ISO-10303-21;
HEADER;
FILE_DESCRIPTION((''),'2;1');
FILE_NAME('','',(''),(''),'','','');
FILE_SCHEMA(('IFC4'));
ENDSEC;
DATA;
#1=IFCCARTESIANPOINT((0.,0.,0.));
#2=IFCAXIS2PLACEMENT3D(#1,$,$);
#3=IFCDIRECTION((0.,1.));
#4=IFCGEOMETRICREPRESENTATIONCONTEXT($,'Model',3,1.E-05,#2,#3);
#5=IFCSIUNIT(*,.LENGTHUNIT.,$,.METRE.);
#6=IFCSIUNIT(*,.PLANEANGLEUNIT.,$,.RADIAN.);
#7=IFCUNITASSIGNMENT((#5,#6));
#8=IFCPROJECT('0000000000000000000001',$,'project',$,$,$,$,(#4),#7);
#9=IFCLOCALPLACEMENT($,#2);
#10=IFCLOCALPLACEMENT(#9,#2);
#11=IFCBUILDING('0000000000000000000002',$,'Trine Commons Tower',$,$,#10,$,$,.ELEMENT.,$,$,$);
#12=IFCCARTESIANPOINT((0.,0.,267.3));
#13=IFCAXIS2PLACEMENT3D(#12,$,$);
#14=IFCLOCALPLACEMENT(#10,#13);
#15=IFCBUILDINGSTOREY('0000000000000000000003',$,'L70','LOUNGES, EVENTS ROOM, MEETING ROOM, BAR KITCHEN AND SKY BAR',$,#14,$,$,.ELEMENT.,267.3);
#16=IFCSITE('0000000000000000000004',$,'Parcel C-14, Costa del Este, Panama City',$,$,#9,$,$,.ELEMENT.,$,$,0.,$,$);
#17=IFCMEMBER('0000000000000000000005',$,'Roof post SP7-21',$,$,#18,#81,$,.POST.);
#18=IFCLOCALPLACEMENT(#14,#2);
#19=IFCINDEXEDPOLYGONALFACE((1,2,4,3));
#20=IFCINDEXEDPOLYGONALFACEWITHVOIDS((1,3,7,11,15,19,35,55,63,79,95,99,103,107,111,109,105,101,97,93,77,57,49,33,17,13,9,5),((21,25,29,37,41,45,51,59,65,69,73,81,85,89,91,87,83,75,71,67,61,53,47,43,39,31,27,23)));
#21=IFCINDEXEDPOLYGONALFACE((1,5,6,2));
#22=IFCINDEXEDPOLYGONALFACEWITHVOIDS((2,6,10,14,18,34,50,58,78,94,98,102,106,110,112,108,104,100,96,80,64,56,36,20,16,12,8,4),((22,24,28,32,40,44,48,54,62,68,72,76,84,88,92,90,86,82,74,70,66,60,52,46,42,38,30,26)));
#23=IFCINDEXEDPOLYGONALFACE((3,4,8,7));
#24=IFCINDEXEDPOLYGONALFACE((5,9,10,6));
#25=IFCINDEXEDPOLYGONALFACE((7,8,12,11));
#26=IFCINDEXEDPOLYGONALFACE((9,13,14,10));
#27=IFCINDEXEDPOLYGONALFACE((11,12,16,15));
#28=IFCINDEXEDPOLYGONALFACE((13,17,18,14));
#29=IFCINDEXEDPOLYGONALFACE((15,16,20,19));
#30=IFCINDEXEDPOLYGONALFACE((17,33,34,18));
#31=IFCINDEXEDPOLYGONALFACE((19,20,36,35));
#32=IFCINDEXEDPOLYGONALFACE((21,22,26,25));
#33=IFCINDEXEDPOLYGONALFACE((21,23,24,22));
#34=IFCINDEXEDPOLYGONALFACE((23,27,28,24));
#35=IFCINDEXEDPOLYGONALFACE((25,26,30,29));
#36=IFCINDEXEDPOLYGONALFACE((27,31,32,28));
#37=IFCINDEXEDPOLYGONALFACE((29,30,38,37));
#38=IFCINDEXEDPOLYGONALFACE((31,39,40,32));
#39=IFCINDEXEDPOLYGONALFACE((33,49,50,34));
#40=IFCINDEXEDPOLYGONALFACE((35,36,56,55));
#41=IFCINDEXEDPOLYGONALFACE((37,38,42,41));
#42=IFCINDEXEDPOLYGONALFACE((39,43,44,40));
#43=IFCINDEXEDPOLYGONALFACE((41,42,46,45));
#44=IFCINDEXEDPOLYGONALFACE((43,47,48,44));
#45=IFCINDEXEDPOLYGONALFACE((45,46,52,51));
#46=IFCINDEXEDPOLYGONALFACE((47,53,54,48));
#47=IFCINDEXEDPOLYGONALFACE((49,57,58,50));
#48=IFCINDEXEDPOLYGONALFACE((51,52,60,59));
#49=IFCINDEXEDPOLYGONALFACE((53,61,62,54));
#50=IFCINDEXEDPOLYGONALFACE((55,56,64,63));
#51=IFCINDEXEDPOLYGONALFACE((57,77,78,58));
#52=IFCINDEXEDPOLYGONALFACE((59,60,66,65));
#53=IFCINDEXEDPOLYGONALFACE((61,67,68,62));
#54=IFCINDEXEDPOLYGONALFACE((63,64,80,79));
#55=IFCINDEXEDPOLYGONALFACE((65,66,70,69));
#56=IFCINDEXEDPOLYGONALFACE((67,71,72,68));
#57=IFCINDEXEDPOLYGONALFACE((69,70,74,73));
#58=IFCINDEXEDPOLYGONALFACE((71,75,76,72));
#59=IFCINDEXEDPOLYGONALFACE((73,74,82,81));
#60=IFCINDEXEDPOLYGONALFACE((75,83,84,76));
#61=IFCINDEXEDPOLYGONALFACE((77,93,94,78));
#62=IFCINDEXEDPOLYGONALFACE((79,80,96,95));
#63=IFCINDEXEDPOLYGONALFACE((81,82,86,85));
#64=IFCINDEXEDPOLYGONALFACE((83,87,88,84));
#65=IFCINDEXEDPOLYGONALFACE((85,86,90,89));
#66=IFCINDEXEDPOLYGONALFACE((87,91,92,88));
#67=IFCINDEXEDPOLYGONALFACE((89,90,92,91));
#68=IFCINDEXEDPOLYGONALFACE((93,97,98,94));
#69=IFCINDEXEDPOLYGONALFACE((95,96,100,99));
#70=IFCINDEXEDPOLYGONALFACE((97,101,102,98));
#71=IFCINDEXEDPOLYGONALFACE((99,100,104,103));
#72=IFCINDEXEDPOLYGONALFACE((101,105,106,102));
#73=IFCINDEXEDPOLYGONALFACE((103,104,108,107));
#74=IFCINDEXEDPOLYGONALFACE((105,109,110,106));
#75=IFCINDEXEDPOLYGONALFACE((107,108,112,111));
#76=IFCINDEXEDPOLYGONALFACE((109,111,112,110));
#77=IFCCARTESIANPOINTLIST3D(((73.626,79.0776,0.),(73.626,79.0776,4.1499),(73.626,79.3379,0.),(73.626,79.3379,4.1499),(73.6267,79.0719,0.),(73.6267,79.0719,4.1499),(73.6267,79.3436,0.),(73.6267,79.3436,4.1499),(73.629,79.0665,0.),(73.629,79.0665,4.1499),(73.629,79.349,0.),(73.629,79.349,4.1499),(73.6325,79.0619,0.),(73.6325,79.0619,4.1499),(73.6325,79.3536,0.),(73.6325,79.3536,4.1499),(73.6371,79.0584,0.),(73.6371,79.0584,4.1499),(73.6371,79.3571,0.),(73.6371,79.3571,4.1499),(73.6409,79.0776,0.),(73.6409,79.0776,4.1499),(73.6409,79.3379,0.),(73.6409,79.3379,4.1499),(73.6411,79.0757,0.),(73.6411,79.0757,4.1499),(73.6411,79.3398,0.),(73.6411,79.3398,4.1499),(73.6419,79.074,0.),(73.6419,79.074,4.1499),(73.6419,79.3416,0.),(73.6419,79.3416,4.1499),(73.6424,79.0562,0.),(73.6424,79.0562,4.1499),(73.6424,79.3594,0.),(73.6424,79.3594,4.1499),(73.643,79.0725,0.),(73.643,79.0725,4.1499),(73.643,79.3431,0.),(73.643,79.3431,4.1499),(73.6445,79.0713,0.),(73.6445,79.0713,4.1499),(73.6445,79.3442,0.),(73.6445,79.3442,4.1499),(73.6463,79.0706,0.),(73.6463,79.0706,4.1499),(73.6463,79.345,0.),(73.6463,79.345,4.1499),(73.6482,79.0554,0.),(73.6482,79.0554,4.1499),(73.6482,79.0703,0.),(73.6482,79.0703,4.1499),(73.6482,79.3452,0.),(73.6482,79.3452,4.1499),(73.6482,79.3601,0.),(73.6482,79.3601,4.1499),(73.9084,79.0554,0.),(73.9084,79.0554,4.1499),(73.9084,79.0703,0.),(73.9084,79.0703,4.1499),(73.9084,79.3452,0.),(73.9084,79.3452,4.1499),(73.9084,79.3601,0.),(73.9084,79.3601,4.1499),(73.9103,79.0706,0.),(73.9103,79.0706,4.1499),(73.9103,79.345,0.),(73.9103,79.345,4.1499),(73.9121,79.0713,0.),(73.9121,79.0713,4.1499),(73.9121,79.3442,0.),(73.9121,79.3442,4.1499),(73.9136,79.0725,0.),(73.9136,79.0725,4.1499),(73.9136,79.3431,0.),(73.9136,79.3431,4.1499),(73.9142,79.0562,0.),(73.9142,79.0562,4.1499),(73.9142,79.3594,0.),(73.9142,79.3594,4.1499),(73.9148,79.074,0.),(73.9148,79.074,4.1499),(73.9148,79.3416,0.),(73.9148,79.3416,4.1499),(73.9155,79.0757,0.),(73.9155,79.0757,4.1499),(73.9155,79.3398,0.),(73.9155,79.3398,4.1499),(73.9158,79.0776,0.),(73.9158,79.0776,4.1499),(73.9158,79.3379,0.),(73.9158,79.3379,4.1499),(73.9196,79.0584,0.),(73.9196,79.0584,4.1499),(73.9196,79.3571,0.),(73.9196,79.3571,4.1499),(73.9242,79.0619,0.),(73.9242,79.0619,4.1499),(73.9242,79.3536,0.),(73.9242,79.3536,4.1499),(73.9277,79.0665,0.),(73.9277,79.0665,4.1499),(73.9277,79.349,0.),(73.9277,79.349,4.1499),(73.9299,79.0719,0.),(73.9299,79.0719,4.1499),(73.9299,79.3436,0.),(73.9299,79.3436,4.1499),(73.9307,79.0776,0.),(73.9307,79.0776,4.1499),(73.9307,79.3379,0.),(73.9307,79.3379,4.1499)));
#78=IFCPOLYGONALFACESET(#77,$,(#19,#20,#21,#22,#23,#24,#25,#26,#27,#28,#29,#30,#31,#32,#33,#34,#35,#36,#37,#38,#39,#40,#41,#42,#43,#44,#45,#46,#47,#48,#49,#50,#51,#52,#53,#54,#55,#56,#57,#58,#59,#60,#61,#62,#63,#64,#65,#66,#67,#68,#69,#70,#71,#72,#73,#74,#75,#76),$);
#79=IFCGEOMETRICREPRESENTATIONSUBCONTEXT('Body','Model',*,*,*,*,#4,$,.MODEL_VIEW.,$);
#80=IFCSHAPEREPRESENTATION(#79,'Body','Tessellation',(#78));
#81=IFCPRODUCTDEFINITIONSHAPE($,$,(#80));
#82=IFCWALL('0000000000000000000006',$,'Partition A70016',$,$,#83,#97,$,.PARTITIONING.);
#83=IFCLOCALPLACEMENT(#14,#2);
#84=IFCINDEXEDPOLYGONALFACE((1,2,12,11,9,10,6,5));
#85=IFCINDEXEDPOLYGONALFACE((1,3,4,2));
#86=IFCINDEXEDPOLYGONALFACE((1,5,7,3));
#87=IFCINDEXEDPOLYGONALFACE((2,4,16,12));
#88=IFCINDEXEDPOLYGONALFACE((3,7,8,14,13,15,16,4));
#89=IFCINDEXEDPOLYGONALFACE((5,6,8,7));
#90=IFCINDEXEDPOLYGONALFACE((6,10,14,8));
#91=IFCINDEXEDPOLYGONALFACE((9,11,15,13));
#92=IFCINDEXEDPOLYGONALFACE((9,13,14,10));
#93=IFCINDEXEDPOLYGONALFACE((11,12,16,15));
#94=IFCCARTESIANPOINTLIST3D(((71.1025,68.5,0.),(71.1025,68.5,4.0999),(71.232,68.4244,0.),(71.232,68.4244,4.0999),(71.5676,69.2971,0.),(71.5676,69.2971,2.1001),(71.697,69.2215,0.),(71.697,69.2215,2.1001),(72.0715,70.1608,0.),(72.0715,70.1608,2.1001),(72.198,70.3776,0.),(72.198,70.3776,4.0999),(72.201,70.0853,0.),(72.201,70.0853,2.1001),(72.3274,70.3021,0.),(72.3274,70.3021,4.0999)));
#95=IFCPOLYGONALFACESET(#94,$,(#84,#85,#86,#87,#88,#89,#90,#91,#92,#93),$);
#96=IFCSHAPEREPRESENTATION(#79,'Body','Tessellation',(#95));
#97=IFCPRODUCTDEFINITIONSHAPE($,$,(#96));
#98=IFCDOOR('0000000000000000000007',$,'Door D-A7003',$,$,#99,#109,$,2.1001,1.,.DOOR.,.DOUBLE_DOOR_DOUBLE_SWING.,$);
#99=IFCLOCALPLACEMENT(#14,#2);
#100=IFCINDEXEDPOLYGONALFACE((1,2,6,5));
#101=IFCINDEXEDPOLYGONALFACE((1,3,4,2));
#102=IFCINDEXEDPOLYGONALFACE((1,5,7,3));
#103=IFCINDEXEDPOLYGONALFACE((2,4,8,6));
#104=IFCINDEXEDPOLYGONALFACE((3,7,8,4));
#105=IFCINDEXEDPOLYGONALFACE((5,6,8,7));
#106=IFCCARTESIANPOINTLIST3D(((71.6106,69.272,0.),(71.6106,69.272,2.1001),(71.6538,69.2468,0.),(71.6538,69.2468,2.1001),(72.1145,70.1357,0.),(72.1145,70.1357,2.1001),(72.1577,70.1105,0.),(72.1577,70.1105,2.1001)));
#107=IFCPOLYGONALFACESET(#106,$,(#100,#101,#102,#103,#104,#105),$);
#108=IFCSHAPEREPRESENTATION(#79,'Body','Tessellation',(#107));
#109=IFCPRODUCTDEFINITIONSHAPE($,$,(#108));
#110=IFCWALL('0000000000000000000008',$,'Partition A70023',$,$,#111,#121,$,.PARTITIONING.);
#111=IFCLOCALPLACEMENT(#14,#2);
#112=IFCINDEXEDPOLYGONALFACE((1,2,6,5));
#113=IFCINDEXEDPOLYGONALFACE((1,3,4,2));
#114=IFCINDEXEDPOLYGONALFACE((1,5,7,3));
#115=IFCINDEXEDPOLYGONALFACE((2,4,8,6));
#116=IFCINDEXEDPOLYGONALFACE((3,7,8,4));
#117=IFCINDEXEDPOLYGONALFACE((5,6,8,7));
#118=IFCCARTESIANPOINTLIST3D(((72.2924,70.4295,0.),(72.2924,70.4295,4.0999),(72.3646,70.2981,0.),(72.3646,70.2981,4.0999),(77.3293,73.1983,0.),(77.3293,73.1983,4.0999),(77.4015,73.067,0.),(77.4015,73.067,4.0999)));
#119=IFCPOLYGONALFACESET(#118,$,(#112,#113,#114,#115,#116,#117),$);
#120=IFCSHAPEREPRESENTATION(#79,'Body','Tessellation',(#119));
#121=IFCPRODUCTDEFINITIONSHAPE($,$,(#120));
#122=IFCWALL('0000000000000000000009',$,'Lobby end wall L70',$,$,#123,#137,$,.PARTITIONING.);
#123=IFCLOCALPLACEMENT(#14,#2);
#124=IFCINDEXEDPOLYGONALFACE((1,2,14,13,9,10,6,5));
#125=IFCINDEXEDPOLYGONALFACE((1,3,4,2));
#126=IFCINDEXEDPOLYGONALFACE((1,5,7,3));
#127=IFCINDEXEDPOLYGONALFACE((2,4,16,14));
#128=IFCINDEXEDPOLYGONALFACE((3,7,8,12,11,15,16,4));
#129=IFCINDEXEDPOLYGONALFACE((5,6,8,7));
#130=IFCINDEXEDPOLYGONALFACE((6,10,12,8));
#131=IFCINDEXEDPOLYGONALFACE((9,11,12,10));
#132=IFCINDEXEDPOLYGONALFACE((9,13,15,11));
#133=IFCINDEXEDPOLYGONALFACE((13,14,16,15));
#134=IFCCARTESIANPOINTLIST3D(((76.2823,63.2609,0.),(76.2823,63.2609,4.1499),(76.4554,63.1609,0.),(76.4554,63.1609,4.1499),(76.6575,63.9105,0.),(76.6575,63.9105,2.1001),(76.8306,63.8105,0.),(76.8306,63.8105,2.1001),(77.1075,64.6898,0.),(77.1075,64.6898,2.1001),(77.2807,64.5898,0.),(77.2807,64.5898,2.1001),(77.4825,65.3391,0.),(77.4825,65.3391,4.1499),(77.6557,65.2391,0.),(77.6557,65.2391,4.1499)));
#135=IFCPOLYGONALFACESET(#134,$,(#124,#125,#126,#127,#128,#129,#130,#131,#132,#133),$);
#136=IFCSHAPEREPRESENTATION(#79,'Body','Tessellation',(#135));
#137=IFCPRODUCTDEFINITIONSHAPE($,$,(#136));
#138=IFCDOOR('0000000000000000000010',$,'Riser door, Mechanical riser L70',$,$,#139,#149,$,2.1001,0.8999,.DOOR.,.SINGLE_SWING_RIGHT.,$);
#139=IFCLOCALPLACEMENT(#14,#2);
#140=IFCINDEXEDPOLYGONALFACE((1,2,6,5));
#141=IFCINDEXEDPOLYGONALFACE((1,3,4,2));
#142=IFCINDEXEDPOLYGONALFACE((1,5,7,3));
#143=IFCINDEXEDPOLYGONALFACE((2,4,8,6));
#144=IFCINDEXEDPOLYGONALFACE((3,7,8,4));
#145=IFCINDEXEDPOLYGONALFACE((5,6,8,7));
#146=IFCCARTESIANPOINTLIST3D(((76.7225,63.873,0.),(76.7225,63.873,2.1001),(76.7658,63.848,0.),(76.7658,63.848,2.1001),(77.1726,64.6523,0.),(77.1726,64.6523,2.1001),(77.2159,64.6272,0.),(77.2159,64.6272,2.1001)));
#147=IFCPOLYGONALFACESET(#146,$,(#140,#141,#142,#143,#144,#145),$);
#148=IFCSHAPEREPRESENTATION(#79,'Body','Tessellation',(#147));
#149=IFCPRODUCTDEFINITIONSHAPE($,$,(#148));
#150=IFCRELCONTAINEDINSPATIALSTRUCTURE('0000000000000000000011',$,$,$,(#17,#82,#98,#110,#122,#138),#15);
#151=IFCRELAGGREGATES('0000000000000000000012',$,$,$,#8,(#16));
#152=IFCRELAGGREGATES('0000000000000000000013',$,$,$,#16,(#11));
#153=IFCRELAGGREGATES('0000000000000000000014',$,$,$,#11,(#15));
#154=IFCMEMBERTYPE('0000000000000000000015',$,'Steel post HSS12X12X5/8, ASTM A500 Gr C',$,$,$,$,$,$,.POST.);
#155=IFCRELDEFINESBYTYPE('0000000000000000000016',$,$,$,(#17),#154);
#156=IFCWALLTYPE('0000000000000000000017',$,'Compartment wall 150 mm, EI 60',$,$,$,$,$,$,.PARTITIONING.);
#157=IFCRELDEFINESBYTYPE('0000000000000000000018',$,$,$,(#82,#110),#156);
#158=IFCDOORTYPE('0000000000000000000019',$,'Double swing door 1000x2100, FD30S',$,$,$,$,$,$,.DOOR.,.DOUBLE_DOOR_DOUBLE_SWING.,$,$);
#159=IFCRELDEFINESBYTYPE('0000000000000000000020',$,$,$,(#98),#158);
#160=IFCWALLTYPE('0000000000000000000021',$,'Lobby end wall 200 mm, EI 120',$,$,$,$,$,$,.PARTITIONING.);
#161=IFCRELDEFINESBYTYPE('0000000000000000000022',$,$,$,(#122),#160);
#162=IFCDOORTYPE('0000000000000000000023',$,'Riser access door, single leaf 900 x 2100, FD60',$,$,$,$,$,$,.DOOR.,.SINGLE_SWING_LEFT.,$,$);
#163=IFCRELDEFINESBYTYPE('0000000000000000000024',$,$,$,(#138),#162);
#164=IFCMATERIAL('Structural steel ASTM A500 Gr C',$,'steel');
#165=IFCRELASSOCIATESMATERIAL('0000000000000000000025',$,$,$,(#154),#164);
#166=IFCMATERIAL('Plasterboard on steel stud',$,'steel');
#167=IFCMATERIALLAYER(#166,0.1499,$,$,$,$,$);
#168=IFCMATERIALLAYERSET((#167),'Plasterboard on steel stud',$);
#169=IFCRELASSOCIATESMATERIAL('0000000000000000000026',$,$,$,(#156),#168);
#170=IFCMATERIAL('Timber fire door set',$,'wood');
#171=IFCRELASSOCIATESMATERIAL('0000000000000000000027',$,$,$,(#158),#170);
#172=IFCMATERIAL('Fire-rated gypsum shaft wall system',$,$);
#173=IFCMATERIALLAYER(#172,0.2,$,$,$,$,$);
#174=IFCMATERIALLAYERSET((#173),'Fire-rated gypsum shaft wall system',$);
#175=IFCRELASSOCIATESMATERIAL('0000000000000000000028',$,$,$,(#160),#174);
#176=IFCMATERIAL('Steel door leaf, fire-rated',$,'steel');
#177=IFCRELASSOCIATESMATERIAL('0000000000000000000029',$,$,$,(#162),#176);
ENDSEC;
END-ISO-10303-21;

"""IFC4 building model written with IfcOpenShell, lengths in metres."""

from ifc_helpers import new_model, si_unit, direction, frame, frame_2d, origin, origin_2d, place, context, subcontext, project, spatial, rectangle, hollow_rectangle, extrude, material, layer, layer_set, material_profile, profile_set, type_object, element, fill, save


model = new_model("IFC4")

# Units and contexts
model_context = context("Model", 3, precision=1e-05, world=origin(), true_north=direction((0.0, 1.0)))
body_context = subcontext(model_context, "Body", "Model", "MODEL_VIEW")
ifc_project = project(units=[si_unit("LENGTHUNIT", "METRE"), si_unit("PLANEANGLEUNIT", "RADIAN")], contexts=[model_context])

# Site, building, storey
site_placement = place(None, origin())
site = spatial("IfcSite", under=ifc_project, at=site_placement, Name="Parcel C-14, Costa del Este, Panama City", CompositionType="ELEMENT", RefElevation=0.0)
building_placement = place(site_placement, origin())
building = spatial("IfcBuilding", under=site, at=building_placement, Name="Trine Commons Tower", CompositionType="ELEMENT")
storey_placement = place(building_placement, frame((0.0, 0.0, 267.3)))
storey = spatial("IfcBuildingStorey", under=building, at=storey_placement, Name="L70", Description="LOUNGES, EVENTS ROOM, MEETING ROOM, BAR KITCHEN AND SKY BAR", CompositionType="ELEMENT", Elevation=267.3)

# Member
ifc_material_1 = material(Name="Structural steel ASTM A500 Gr C", Category="steel")
ifc_material_profile = material_profile(ifc_material_1, hollow_rectangle(XDim=0.3047, YDim=0.3047, WallThickness=0.0149, InnerFilletRadius=0.0073, OuterFilletRadius=0.0222, at=origin_2d()), Name="HSS12X12X5/8")
ifc_profile_set = profile_set([ifc_material_profile], Name="Structural steel ASTM A500 Gr C")
member_type = type_object("IfcMemberType", Name="Steel post HSS12X12X5/8, ASTM A500 Gr C", PredefinedType="POST", material=ifc_profile_set)
member_placement = place(storey_placement, frame((73.7783, 79.2078, 0.0), z_axis=(0.0, 0.0, 1.0), x_axis=(1.0, 0.0, 0.0)))
element("IfcMember", 1, at=member_placement, inside=storey, type_object=member_type, Name="Roof post SP7-21", PredefinedType="POST", context=body_context, shape_type="SweptSolid", body=[
    extrude(hollow_rectangle(XDim=0.3047, YDim=0.3047, WallThickness=0.0149, InnerFilletRadius=0.0073, OuterFilletRadius=0.0222, at=origin_2d()), origin(), (0.0, 0.0, 1.0), 4.1499),
])

# Wall, opening, door
ifc_material_2 = material(Name="Plasterboard on steel stud", Category="steel")
ifc_layer_1 = layer(ifc_material_2, 0.1499)
ifc_layer_set_1 = layer_set([ifc_layer_1], Name="Plasterboard on steel stud")
wall_type_1 = type_object("IfcWallType", Name="Compartment wall 150 mm, EI 60", PredefinedType="PARTITIONING", material=ifc_layer_set_1)
wall_1_placement = place(storey_placement, frame((72.2627, 70.3398, 0.0), z_axis=(0.0, 0.0, 1.0), x_axis=(-0.50392, -0.86375, 0.0)))
wall_1 = element("IfcWall", 2, at=wall_1_placement, inside=storey, type_object=wall_type_1, Name="Partition A70016", PredefinedType="PARTITIONING", context=body_context, shape_type="SweptSolid", body=[
    extrude(rectangle(XDim=2.1738, YDim=0.1499, at=frame_2d((1.0869, 0.0))), origin(), (0.0, 0.0, 1.0), 4.0999),
])
opening_1_placement = place(wall_1_placement, frame((0.251, 0.0, 0.0)))
opening_1 = element("IfcOpeningElement", 3, at=opening_1_placement, cuts=wall_1, PredefinedType="OPENING", context=body_context, shape_type="SweptSolid", body=[
    extrude(rectangle(XDim=1.0, YDim=2.1001, at=frame_2d((0.5, 1.05))), frame((0.0, 0.085, 0.0), z_axis=(0.0, -1.0, 0.0), x_axis=(1.0, 0.0, 0.0)), (0.0, 0.0, 1.0), 0.1699),
])
ifc_material_3 = material(Name="Timber fire door set", Category="wood")
door_type_1 = type_object("IfcDoorType", Name="Double swing door 1000x2100, FD30S", OperationType="DOUBLE_DOOR_DOUBLE_SWING", PredefinedType="DOOR", material=ifc_material_3)
door_1_placement = place(opening_1_placement, origin())
door_1 = element("IfcDoor", 4, at=door_1_placement, inside=storey, type_object=door_type_1, Name="Door D-A7003", OperationType="DOUBLE_DOOR_DOUBLE_SWING", OverallHeight=2.1001, OverallWidth=1.0, PredefinedType="DOOR", context=body_context, shape_type="SweptSolid", body=[
    extrude(rectangle(XDim=1.0, YDim=2.1001, at=frame_2d((0.5, 1.05))), frame((0.0, 0.0249, 0.0), z_axis=(0.0, -1.0, 0.0), x_axis=(1.0, 0.0, 0.0)), (0.0, 0.0, 1.0), 0.05),
])
fill(opening_1, door_1)

# Wall
wall_2_placement = place(storey_placement, frame((72.3284, 70.3638, 0.0), z_axis=(0.0, 0.0, 1.0), x_axis=(0.876324, 0.481721, 0.0)))
element("IfcWall", 5, at=wall_2_placement, inside=storey, type_object=wall_type_1, Name="Partition A70023", PredefinedType="PARTITIONING", context=body_context, shape_type="SweptSolid", body=[
    extrude(rectangle(XDim=5.7478, YDim=0.1499, at=frame_2d((2.874, 0.0))), origin(), (0.0, 0.0, 1.0), 4.0999),
])

# Wall, opening, door
ifc_material_4 = material(Name="Fire-rated gypsum shaft wall system")
ifc_layer_2 = layer(ifc_material_4, 0.2)
ifc_layer_set_2 = layer_set([ifc_layer_2], Name="Fire-rated gypsum shaft wall system")
wall_type_2 = type_object("IfcWallType", Name="Lobby end wall 200 mm, EI 120", PredefinedType="PARTITIONING", material=ifc_layer_set_2)
wall_3_placement = place(storey_placement, frame((77.5691, 65.2891, 0.0), z_axis=(0.0, 0.0, 1.0), x_axis=(-0.500122, -0.865955, 0.0)))
wall_3 = element("IfcWall", 6, at=wall_3_placement, inside=storey, type_object=wall_type_2, Name="Lobby end wall L70", PredefinedType="PARTITIONING", context=body_context, shape_type="SweptSolid", body=[
    extrude(rectangle(XDim=2.3999, YDim=0.2, at=frame_2d((1.2, 0.0))), origin(), (0.0, 0.0, 1.0), 4.1499),
])
opening_2_placement = place(wall_3_placement, frame((0.7498, 0.0, 0.0)))
opening_2 = element("IfcOpeningElement", 7, at=opening_2_placement, cuts=wall_3, PredefinedType="OPENING", context=body_context, shape_type="SweptSolid", body=[
    extrude(rectangle(XDim=0.8999, YDim=2.1001, at=frame_2d((0.45, 1.05))), frame((0.0, 0.1099, 0.0), z_axis=(0.0, -1.0, 0.0), x_axis=(1.0, 0.0, 0.0)), (0.0, 0.0, 1.0), 0.22),
])
ifc_material_5 = material(Name="Steel door leaf, fire-rated", Category="steel")
door_type_2 = type_object("IfcDoorType", Name="Riser access door, single leaf 900 x 2100, FD60", OperationType="SINGLE_SWING_LEFT", PredefinedType="DOOR", material=ifc_material_5)
door_2_placement = place(opening_2_placement, frame((0.8999, 0.0, 0.0), z_axis=(0.0, 0.0, 1.0), x_axis=(-1.0, 0.0, 0.0)))
door_2 = element("IfcDoor", 8, at=door_2_placement, inside=storey, type_object=door_type_2, Name="Riser door, Mechanical riser L70", OperationType="SINGLE_SWING_RIGHT", OverallHeight=2.1001, OverallWidth=0.8999, PredefinedType="DOOR", context=body_context, shape_type="SweptSolid", body=[
    extrude(rectangle(XDim=0.8999, YDim=2.1001, at=frame_2d((0.45, 1.05))), frame((0.0, 0.0249, 0.0), z_axis=(0.0, -1.0, 0.0), x_axis=(1.0, 0.0, 0.0)), (0.0, 0.0, 1.0), 0.05),
])
fill(opening_2, door_2)

save(model, "model.ifc")
